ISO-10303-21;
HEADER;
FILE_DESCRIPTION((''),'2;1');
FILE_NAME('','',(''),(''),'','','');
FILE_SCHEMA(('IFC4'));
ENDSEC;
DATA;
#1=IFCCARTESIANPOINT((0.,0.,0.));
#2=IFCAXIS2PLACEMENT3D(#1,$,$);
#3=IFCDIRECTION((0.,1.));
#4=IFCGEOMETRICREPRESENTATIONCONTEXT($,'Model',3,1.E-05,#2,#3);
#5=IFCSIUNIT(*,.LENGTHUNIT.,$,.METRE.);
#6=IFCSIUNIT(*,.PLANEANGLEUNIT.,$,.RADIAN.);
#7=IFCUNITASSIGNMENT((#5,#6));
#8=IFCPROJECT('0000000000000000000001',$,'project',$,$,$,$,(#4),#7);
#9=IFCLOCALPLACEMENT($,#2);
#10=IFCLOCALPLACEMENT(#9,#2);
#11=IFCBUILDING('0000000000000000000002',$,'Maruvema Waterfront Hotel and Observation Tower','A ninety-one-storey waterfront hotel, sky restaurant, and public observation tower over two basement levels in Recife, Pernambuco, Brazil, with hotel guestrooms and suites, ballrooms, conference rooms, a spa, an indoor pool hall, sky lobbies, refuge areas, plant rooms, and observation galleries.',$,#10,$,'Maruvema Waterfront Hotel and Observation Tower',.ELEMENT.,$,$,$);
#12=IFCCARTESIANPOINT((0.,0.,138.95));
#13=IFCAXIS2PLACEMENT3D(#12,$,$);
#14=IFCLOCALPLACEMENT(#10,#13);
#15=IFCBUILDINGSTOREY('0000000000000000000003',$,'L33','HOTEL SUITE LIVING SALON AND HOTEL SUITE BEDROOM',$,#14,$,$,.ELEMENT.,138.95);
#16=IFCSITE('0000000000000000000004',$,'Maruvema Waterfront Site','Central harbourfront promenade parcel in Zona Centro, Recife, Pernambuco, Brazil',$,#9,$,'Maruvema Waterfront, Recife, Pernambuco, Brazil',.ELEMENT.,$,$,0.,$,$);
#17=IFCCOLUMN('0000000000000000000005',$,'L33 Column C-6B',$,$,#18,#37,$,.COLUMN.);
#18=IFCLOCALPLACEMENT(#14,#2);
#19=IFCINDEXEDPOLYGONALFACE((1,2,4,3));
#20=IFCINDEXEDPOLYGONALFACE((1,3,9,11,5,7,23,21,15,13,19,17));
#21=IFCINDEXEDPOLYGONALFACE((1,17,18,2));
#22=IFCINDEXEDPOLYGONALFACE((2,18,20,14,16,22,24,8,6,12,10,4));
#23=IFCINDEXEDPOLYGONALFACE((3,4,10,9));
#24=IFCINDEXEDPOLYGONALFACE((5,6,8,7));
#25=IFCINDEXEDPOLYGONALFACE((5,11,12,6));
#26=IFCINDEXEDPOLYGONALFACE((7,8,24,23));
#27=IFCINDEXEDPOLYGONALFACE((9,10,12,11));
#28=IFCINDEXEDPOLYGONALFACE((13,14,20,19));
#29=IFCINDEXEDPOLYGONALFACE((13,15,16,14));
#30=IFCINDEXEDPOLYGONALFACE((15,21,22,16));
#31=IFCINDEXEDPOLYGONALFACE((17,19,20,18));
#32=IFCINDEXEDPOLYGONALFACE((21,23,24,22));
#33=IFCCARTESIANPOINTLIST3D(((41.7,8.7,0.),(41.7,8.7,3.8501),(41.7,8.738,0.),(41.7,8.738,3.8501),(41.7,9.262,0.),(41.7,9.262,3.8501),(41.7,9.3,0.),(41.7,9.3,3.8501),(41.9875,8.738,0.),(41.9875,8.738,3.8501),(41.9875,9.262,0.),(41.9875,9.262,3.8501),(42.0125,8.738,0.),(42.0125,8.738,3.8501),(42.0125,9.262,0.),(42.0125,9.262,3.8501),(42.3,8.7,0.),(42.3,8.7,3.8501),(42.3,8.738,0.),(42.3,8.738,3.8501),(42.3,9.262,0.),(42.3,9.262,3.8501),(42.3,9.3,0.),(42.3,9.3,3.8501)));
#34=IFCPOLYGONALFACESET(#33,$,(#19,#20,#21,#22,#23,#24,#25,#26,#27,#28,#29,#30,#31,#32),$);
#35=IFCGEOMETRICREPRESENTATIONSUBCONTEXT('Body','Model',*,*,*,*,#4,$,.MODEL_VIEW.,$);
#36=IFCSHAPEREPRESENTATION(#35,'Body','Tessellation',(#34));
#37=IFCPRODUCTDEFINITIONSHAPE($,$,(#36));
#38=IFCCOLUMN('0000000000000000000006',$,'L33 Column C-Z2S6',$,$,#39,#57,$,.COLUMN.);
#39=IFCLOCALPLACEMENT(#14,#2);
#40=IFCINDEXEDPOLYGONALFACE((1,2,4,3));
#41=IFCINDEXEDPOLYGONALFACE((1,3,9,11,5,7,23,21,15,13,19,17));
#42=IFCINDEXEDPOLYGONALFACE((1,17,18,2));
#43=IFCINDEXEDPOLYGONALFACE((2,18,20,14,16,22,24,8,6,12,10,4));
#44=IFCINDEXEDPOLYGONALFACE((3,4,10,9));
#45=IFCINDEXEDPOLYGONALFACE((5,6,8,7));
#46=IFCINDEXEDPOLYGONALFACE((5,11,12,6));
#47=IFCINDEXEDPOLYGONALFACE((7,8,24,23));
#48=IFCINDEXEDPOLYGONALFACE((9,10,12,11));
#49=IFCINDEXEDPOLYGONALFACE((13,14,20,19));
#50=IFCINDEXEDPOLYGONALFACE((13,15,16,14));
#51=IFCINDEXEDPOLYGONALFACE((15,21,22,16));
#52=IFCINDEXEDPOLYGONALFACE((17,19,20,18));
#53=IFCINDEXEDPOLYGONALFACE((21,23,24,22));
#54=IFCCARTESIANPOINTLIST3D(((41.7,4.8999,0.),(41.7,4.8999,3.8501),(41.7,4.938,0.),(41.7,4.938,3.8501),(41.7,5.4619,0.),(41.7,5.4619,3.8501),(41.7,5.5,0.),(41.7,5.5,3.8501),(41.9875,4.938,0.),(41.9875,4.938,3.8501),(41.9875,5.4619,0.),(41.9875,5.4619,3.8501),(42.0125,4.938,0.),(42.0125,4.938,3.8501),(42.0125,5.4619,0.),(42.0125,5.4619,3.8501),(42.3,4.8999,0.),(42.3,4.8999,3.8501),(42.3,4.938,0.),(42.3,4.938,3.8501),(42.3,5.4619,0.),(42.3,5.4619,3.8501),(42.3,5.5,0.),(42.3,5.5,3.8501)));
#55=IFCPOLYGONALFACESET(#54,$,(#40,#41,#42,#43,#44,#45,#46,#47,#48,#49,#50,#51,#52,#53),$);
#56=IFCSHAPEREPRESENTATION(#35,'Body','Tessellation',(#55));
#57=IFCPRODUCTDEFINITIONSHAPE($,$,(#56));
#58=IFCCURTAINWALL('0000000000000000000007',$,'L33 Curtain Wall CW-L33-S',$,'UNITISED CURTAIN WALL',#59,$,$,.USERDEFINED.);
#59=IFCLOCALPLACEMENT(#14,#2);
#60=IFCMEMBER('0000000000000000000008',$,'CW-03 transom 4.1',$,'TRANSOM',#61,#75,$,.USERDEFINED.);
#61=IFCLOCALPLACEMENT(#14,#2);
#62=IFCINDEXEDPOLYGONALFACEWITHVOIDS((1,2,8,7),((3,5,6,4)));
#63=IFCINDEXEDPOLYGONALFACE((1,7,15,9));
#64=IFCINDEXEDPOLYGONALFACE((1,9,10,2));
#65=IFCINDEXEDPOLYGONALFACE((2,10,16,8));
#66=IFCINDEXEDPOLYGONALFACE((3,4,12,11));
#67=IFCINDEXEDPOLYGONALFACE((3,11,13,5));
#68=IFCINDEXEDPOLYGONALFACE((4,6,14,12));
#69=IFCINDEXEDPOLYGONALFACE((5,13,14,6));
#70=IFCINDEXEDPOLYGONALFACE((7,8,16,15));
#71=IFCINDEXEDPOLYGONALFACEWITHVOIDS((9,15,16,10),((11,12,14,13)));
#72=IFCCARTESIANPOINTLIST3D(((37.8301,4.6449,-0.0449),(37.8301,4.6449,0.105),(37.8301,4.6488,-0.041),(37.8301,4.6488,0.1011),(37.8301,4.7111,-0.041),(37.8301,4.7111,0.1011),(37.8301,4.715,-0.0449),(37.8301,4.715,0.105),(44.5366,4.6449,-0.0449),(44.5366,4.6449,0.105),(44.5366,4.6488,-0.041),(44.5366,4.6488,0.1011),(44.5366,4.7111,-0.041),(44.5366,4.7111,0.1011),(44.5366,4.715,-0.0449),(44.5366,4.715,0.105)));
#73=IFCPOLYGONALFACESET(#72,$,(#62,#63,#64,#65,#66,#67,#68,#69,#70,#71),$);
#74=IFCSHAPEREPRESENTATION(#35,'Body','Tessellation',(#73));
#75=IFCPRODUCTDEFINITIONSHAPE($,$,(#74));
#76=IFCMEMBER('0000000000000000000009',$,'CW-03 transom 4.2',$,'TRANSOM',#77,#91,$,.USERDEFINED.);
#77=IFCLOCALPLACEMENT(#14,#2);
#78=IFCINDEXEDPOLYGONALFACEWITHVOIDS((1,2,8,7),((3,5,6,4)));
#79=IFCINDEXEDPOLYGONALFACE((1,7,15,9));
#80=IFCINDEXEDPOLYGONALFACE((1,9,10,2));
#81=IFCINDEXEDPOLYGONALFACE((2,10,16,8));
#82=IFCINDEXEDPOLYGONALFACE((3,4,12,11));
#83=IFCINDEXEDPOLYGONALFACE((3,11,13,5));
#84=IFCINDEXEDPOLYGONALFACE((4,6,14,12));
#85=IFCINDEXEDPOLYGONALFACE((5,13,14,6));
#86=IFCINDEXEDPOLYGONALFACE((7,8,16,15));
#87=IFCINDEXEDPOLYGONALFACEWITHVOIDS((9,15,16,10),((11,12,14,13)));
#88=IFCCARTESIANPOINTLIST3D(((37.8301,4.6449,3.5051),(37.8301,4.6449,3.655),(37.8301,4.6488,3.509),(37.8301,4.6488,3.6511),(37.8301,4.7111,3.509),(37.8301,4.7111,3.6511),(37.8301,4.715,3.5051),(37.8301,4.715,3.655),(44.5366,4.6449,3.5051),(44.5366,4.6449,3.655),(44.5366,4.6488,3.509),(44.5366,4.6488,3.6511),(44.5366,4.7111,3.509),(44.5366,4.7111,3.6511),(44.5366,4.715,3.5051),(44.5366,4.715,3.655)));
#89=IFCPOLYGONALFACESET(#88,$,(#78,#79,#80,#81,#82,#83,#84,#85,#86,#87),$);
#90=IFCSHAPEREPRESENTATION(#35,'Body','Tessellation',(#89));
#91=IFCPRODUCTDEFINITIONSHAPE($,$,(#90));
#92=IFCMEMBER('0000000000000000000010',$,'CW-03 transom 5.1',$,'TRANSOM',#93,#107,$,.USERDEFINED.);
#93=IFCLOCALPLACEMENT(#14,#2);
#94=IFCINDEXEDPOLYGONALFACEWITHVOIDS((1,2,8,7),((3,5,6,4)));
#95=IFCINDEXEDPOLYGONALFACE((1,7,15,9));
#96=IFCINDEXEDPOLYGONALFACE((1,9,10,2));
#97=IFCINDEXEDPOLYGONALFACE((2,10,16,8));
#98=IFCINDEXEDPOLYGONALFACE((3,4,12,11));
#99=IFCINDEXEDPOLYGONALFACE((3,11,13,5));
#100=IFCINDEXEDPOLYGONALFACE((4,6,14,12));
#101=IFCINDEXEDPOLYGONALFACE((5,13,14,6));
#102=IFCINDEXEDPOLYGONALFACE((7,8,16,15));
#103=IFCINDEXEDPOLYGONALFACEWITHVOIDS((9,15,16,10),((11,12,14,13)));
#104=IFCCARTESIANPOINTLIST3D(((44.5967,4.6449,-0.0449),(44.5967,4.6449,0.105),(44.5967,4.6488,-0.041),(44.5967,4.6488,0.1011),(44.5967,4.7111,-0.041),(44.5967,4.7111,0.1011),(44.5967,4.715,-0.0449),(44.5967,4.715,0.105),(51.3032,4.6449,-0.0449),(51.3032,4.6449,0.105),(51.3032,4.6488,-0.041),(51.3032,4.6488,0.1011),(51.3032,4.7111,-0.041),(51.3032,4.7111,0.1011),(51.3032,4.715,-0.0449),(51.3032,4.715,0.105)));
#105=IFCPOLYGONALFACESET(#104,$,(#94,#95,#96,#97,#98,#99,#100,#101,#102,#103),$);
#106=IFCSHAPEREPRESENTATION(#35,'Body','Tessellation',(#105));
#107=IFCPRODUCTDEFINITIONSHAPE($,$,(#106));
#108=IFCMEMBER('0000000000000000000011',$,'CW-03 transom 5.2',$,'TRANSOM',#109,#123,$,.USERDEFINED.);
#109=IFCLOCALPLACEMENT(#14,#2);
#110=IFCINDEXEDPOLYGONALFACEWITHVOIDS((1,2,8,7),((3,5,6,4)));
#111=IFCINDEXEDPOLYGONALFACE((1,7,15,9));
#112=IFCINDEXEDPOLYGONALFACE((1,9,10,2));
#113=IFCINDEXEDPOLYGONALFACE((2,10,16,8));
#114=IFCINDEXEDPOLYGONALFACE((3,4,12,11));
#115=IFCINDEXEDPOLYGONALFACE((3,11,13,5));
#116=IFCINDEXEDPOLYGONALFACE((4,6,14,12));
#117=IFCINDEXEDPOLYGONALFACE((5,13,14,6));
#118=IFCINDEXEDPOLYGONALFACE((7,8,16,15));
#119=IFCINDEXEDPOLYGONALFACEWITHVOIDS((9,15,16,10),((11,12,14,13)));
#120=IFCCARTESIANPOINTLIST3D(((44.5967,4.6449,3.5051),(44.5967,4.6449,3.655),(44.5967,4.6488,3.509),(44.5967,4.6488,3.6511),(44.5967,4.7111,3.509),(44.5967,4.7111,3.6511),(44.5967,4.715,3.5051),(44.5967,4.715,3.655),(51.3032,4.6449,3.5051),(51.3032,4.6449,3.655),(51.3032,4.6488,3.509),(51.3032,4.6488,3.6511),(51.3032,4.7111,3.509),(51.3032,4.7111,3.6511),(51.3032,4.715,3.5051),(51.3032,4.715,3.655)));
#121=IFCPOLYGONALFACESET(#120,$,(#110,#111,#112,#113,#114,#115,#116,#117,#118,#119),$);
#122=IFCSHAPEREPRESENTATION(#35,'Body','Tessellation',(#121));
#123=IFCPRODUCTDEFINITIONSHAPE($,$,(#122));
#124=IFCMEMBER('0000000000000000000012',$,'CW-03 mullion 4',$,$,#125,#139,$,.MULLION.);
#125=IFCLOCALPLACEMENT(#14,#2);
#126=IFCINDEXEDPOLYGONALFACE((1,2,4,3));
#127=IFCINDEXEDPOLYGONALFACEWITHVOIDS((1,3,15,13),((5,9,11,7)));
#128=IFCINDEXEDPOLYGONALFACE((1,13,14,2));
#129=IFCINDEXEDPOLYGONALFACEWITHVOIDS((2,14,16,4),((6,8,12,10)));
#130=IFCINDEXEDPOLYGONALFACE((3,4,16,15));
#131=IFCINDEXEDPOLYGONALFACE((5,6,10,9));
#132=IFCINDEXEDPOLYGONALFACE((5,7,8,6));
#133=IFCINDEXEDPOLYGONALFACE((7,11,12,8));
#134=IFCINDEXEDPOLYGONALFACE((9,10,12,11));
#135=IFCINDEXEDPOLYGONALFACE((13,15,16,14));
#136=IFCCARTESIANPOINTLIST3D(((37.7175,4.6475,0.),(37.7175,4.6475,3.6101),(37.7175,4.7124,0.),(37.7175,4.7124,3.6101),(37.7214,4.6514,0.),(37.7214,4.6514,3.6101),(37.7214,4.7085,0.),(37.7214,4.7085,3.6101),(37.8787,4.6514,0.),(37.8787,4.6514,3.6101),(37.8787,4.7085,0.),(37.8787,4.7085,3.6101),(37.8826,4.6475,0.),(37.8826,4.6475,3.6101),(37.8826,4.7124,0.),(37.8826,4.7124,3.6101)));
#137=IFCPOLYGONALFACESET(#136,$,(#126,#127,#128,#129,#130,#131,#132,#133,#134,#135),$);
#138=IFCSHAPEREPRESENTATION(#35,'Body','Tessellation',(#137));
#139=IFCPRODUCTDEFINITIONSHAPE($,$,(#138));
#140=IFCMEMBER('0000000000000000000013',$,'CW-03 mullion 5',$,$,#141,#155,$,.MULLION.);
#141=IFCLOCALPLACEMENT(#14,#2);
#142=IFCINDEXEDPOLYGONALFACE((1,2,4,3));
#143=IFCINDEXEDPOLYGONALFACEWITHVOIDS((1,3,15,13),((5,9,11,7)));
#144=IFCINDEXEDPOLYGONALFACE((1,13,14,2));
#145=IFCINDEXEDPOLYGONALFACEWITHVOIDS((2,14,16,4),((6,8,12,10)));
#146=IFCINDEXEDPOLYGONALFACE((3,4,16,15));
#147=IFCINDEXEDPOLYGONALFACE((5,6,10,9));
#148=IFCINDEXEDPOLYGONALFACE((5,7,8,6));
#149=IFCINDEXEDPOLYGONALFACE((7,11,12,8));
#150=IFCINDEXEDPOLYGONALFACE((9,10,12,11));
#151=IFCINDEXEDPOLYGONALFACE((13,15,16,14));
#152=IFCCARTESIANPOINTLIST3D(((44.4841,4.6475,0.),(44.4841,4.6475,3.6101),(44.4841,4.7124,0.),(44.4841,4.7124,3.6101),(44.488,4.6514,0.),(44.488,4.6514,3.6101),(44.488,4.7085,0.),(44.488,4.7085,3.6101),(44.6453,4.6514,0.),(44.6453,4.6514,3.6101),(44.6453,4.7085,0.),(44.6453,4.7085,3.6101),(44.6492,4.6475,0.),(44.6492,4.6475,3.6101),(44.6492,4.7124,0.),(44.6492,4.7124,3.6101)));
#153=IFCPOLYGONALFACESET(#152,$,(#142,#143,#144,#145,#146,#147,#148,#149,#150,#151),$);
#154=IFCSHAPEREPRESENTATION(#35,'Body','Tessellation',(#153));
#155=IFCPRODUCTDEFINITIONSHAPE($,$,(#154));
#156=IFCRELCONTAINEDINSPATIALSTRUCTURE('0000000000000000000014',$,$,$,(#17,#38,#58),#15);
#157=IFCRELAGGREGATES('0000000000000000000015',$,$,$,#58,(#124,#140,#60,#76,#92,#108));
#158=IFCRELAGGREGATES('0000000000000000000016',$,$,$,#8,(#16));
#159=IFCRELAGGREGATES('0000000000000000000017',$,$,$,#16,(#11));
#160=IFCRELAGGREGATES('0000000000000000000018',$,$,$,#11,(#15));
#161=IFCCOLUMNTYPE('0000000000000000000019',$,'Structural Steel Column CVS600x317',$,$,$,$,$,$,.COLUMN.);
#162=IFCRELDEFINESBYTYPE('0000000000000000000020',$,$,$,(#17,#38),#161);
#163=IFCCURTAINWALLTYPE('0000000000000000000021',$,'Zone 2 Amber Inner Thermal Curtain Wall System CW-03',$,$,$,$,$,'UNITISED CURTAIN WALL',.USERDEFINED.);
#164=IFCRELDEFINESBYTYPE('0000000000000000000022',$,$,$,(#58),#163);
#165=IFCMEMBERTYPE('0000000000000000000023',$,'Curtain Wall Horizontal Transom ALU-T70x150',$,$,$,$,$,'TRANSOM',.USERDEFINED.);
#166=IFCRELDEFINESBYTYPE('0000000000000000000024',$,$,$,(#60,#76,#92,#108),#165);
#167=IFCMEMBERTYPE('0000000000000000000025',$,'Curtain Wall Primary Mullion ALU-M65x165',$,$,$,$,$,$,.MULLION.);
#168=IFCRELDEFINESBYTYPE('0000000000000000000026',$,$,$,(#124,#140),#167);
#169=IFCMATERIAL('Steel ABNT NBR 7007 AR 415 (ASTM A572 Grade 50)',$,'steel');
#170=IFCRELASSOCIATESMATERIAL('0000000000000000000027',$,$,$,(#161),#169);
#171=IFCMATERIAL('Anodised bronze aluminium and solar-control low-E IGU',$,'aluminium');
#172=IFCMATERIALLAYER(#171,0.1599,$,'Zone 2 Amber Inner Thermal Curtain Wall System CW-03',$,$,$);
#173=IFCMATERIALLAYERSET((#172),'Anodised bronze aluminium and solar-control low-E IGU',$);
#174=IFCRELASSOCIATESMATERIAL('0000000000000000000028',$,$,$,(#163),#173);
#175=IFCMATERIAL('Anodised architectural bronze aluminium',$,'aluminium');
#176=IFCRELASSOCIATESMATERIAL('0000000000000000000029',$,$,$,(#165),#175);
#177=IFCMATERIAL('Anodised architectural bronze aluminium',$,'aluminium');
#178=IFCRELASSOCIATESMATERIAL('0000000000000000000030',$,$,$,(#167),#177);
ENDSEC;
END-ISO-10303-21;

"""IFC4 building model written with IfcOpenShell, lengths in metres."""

from ifc_helpers import new_model, si_unit, direction, frame, origin, origin_2d, place, context, subcontext, project, spatial, hollow_rectangle, i_section, extrude, material, layer, layer_set, material_profile, profile_set, type_object, element, aggregate, save


model = new_model("IFC4")

# Units and contexts
model_context = context("Model", 3, precision=1e-05, world=origin(), true_north=direction((0.0, 1.0)))
body_context = subcontext(model_context, "Body", "Model", "MODEL_VIEW")
ifc_project = project(units=[si_unit("LENGTHUNIT", "METRE"), si_unit("PLANEANGLEUNIT", "RADIAN")], contexts=[model_context])

# Site, building, storey
site_placement = place(None, origin())
site = spatial("IfcSite", under=ifc_project, at=site_placement, Name="Maruvema Waterfront Site", Description="Central harbourfront promenade parcel in Zona Centro, Recife, Pernambuco, Brazil", LongName="Maruvema Waterfront, Recife, Pernambuco, Brazil", CompositionType="ELEMENT", RefElevation=0.0)
building_placement = place(site_placement, origin())
building = spatial("IfcBuilding", under=site, at=building_placement, Name="Maruvema Waterfront Hotel and Observation Tower", Description="A ninety-one-storey waterfront hotel, sky restaurant, and public observation tower over two basement levels in Recife, Pernambuco, Brazil, with hotel guestrooms and suites, ballrooms, conference rooms, a spa, an indoor pool hall, sky lobbies, refuge areas, plant rooms, and observation galleries.", LongName="Maruvema Waterfront Hotel and Observation Tower", CompositionType="ELEMENT")
storey_placement = place(building_placement, frame((0.0, 0.0, 138.95)))
storey = spatial("IfcBuildingStorey", under=building, at=storey_placement, Name="L33", Description="HOTEL SUITE LIVING SALON AND HOTEL SUITE BEDROOM", CompositionType="ELEMENT", Elevation=138.95)

# Columns
ifc_material_1 = material(Name="Steel ABNT NBR 7007 AR 415 (ASTM A572 Grade 50)", Category="steel")
ifc_material_profile_1 = material_profile(ifc_material_1, i_section(OverallWidth=0.6001, OverallDepth=0.6001, WebThickness=0.0249, FlangeThickness=0.0381, at=origin_2d()), Name="CVS600x317")
ifc_profile_set_1 = profile_set([ifc_material_profile_1], Name="Steel ABNT NBR 7007 AR 415 (ASTM A572 Grade 50)")
column_type = type_object("IfcColumnType", Name="Structural Steel Column CVS600x317", PredefinedType="COLUMN", material=ifc_profile_set_1)
for number, where, z_axis, x_axis, name in (
    (1, (42.0, 9.0, 0.0), (0.0, 0.0, 1.0), (1.0, 0.0, 0.0), "L33 Column C-6B"),
    (2, (42.0, 5.2, 0.0), (0.0, 0.0, 1.0), (1.0, 0.0, 0.0), "L33 Column C-Z2S6"),
):
    element("IfcColumn", number, at=place(storey_placement, frame(where, z_axis=z_axis, x_axis=x_axis)), inside=storey, type_object=column_type, Name=name, PredefinedType="COLUMN", context=body_context, shape_type="SweptSolid", body=[
        extrude(i_section(OverallWidth=0.6001, OverallDepth=0.6001, WebThickness=0.0249, FlangeThickness=0.0381, at=origin_2d()), origin(), (0.0, 0.0, 1.0), 3.8501),
    ])

# Curtain wall, members
ifc_material_2 = material(Name="Anodised bronze aluminium and solar-control low-E IGU", Category="aluminium")
ifc_layer_1 = layer(ifc_material_2, 0.1599, Name="Zone 2 Amber Inner Thermal Curtain Wall System CW-03")
ifc_layer_set_1 = layer_set([ifc_layer_1], Name="Anodised bronze aluminium and solar-control low-E IGU")
curtain_wall_type = type_object("IfcCurtainWallType", Name="Zone 2 Amber Inner Thermal Curtain Wall System CW-03", ElementType="UNITISED CURTAIN WALL", PredefinedType="USERDEFINED", material=ifc_layer_set_1)
curtain_wall_placement = place(storey_placement, origin())
curtain_wall = element("IfcCurtainWall", 3, at=curtain_wall_placement, inside=storey, type_object=curtain_wall_type, Name="L33 Curtain Wall CW-L33-S", ObjectType="UNITISED CURTAIN WALL", PredefinedType="USERDEFINED")
ifc_material_3 = material(Name="Anodised architectural bronze aluminium", Category="aluminium")
ifc_material_profile_2 = material_profile(ifc_material_3, hollow_rectangle(XDim=0.0701, YDim=0.1499, WallThickness=0.0039, at=origin_2d()), Name="ALU-T70x150")
ifc_profile_set_2 = profile_set([ifc_material_profile_2], Name="Anodised architectural bronze aluminium")
member_type_1 = type_object("IfcMemberType", Name="Curtain Wall Horizontal Transom ALU-T70x150", ElementType="TRANSOM", PredefinedType="USERDEFINED", material=ifc_profile_set_2)
member_1_placement = place(storey_placement, frame((37.8301, 4.6799, 0.03), z_axis=(1.0, 0.0, 0.0), x_axis=(0.0, 1.0, 0.0)))
member_1 = element("IfcMember", 4, at=member_1_placement, type_object=member_type_1, Name="CW-03 transom 4.1", ObjectType="TRANSOM", PredefinedType="USERDEFINED", context=body_context, shape_type="SweptSolid", body=[
    extrude(hollow_rectangle(XDim=0.0701, YDim=0.1499, WallThickness=0.0039, at=origin_2d()), origin(), (0.0, 0.0, 1.0), 6.7065),
])
member_2_placement = place(storey_placement, frame((37.8301, 4.6799, 3.5801), z_axis=(1.0, 0.0, 0.0), x_axis=(0.0, 1.0, 0.0)))
member_2 = element("IfcMember", 5, at=member_2_placement, type_object=member_type_1, Name="CW-03 transom 4.2", ObjectType="TRANSOM", PredefinedType="USERDEFINED", context=body_context, shape_type="SweptSolid", body=[
    extrude(hollow_rectangle(XDim=0.0701, YDim=0.1499, WallThickness=0.0039, at=origin_2d()), origin(), (0.0, 0.0, 1.0), 6.7065),
])
member_3_placement = place(storey_placement, frame((44.5967, 4.6799, 0.03), z_axis=(1.0, 0.0, 0.0), x_axis=(0.0, 1.0, 0.0)))
member_3 = element("IfcMember", 6, at=member_3_placement, type_object=member_type_1, Name="CW-03 transom 5.1", ObjectType="TRANSOM", PredefinedType="USERDEFINED", context=body_context, shape_type="SweptSolid", body=[
    extrude(hollow_rectangle(XDim=0.0701, YDim=0.1499, WallThickness=0.0039, at=origin_2d()), origin(), (0.0, 0.0, 1.0), 6.7065),
])
member_4_placement = place(storey_placement, frame((44.5967, 4.6799, 3.5801), z_axis=(1.0, 0.0, 0.0), x_axis=(0.0, 1.0, 0.0)))
member_4 = element("IfcMember", 7, at=member_4_placement, type_object=member_type_1, Name="CW-03 transom 5.2", ObjectType="TRANSOM", PredefinedType="USERDEFINED", context=body_context, shape_type="SweptSolid", body=[
    extrude(hollow_rectangle(XDim=0.0701, YDim=0.1499, WallThickness=0.0039, at=origin_2d()), origin(), (0.0, 0.0, 1.0), 6.7065),
])
ifc_material_4 = material(Name="Anodised architectural bronze aluminium", Category="aluminium")
ifc_material_profile_3 = material_profile(ifc_material_4, hollow_rectangle(XDim=0.0649, YDim=0.165, WallThickness=0.0039, at=origin_2d()), Name="ALU-M65x165")
ifc_profile_set_3 = profile_set([ifc_material_profile_3], Name="Anodised architectural bronze aluminium")
member_type_2 = type_object("IfcMemberType", Name="Curtain Wall Primary Mullion ALU-M65x165", PredefinedType="MULLION", material=ifc_profile_set_3)
member_5_placement = place(storey_placement, frame((37.8, 4.6799, 0.0), z_axis=(0.0, 0.0, 1.0), x_axis=(0.0, 1.0, 0.0)))
member_5 = element("IfcMember", 8, at=member_5_placement, type_object=member_type_2, Name="CW-03 mullion 4", PredefinedType="MULLION", context=body_context, shape_type="SweptSolid", body=[
    extrude(hollow_rectangle(XDim=0.0649, YDim=0.165, WallThickness=0.0039, at=origin_2d()), origin(), (0.0, 0.0, 1.0), 3.6101),
])
member_6_placement = place(storey_placement, frame((44.5667, 4.6799, 0.0), z_axis=(0.0, 0.0, 1.0), x_axis=(0.0, 1.0, 0.0)))
member_6 = element("IfcMember", 9, at=member_6_placement, type_object=member_type_2, Name="CW-03 mullion 5", PredefinedType="MULLION", context=body_context, shape_type="SweptSolid", body=[
    extrude(hollow_rectangle(XDim=0.0649, YDim=0.165, WallThickness=0.0039, at=origin_2d()), origin(), (0.0, 0.0, 1.0), 3.6101),
])

aggregate(curtain_wall, [member_5, member_6, member_1, member_2, member_3, member_4])

save(model, "model.ifc")
